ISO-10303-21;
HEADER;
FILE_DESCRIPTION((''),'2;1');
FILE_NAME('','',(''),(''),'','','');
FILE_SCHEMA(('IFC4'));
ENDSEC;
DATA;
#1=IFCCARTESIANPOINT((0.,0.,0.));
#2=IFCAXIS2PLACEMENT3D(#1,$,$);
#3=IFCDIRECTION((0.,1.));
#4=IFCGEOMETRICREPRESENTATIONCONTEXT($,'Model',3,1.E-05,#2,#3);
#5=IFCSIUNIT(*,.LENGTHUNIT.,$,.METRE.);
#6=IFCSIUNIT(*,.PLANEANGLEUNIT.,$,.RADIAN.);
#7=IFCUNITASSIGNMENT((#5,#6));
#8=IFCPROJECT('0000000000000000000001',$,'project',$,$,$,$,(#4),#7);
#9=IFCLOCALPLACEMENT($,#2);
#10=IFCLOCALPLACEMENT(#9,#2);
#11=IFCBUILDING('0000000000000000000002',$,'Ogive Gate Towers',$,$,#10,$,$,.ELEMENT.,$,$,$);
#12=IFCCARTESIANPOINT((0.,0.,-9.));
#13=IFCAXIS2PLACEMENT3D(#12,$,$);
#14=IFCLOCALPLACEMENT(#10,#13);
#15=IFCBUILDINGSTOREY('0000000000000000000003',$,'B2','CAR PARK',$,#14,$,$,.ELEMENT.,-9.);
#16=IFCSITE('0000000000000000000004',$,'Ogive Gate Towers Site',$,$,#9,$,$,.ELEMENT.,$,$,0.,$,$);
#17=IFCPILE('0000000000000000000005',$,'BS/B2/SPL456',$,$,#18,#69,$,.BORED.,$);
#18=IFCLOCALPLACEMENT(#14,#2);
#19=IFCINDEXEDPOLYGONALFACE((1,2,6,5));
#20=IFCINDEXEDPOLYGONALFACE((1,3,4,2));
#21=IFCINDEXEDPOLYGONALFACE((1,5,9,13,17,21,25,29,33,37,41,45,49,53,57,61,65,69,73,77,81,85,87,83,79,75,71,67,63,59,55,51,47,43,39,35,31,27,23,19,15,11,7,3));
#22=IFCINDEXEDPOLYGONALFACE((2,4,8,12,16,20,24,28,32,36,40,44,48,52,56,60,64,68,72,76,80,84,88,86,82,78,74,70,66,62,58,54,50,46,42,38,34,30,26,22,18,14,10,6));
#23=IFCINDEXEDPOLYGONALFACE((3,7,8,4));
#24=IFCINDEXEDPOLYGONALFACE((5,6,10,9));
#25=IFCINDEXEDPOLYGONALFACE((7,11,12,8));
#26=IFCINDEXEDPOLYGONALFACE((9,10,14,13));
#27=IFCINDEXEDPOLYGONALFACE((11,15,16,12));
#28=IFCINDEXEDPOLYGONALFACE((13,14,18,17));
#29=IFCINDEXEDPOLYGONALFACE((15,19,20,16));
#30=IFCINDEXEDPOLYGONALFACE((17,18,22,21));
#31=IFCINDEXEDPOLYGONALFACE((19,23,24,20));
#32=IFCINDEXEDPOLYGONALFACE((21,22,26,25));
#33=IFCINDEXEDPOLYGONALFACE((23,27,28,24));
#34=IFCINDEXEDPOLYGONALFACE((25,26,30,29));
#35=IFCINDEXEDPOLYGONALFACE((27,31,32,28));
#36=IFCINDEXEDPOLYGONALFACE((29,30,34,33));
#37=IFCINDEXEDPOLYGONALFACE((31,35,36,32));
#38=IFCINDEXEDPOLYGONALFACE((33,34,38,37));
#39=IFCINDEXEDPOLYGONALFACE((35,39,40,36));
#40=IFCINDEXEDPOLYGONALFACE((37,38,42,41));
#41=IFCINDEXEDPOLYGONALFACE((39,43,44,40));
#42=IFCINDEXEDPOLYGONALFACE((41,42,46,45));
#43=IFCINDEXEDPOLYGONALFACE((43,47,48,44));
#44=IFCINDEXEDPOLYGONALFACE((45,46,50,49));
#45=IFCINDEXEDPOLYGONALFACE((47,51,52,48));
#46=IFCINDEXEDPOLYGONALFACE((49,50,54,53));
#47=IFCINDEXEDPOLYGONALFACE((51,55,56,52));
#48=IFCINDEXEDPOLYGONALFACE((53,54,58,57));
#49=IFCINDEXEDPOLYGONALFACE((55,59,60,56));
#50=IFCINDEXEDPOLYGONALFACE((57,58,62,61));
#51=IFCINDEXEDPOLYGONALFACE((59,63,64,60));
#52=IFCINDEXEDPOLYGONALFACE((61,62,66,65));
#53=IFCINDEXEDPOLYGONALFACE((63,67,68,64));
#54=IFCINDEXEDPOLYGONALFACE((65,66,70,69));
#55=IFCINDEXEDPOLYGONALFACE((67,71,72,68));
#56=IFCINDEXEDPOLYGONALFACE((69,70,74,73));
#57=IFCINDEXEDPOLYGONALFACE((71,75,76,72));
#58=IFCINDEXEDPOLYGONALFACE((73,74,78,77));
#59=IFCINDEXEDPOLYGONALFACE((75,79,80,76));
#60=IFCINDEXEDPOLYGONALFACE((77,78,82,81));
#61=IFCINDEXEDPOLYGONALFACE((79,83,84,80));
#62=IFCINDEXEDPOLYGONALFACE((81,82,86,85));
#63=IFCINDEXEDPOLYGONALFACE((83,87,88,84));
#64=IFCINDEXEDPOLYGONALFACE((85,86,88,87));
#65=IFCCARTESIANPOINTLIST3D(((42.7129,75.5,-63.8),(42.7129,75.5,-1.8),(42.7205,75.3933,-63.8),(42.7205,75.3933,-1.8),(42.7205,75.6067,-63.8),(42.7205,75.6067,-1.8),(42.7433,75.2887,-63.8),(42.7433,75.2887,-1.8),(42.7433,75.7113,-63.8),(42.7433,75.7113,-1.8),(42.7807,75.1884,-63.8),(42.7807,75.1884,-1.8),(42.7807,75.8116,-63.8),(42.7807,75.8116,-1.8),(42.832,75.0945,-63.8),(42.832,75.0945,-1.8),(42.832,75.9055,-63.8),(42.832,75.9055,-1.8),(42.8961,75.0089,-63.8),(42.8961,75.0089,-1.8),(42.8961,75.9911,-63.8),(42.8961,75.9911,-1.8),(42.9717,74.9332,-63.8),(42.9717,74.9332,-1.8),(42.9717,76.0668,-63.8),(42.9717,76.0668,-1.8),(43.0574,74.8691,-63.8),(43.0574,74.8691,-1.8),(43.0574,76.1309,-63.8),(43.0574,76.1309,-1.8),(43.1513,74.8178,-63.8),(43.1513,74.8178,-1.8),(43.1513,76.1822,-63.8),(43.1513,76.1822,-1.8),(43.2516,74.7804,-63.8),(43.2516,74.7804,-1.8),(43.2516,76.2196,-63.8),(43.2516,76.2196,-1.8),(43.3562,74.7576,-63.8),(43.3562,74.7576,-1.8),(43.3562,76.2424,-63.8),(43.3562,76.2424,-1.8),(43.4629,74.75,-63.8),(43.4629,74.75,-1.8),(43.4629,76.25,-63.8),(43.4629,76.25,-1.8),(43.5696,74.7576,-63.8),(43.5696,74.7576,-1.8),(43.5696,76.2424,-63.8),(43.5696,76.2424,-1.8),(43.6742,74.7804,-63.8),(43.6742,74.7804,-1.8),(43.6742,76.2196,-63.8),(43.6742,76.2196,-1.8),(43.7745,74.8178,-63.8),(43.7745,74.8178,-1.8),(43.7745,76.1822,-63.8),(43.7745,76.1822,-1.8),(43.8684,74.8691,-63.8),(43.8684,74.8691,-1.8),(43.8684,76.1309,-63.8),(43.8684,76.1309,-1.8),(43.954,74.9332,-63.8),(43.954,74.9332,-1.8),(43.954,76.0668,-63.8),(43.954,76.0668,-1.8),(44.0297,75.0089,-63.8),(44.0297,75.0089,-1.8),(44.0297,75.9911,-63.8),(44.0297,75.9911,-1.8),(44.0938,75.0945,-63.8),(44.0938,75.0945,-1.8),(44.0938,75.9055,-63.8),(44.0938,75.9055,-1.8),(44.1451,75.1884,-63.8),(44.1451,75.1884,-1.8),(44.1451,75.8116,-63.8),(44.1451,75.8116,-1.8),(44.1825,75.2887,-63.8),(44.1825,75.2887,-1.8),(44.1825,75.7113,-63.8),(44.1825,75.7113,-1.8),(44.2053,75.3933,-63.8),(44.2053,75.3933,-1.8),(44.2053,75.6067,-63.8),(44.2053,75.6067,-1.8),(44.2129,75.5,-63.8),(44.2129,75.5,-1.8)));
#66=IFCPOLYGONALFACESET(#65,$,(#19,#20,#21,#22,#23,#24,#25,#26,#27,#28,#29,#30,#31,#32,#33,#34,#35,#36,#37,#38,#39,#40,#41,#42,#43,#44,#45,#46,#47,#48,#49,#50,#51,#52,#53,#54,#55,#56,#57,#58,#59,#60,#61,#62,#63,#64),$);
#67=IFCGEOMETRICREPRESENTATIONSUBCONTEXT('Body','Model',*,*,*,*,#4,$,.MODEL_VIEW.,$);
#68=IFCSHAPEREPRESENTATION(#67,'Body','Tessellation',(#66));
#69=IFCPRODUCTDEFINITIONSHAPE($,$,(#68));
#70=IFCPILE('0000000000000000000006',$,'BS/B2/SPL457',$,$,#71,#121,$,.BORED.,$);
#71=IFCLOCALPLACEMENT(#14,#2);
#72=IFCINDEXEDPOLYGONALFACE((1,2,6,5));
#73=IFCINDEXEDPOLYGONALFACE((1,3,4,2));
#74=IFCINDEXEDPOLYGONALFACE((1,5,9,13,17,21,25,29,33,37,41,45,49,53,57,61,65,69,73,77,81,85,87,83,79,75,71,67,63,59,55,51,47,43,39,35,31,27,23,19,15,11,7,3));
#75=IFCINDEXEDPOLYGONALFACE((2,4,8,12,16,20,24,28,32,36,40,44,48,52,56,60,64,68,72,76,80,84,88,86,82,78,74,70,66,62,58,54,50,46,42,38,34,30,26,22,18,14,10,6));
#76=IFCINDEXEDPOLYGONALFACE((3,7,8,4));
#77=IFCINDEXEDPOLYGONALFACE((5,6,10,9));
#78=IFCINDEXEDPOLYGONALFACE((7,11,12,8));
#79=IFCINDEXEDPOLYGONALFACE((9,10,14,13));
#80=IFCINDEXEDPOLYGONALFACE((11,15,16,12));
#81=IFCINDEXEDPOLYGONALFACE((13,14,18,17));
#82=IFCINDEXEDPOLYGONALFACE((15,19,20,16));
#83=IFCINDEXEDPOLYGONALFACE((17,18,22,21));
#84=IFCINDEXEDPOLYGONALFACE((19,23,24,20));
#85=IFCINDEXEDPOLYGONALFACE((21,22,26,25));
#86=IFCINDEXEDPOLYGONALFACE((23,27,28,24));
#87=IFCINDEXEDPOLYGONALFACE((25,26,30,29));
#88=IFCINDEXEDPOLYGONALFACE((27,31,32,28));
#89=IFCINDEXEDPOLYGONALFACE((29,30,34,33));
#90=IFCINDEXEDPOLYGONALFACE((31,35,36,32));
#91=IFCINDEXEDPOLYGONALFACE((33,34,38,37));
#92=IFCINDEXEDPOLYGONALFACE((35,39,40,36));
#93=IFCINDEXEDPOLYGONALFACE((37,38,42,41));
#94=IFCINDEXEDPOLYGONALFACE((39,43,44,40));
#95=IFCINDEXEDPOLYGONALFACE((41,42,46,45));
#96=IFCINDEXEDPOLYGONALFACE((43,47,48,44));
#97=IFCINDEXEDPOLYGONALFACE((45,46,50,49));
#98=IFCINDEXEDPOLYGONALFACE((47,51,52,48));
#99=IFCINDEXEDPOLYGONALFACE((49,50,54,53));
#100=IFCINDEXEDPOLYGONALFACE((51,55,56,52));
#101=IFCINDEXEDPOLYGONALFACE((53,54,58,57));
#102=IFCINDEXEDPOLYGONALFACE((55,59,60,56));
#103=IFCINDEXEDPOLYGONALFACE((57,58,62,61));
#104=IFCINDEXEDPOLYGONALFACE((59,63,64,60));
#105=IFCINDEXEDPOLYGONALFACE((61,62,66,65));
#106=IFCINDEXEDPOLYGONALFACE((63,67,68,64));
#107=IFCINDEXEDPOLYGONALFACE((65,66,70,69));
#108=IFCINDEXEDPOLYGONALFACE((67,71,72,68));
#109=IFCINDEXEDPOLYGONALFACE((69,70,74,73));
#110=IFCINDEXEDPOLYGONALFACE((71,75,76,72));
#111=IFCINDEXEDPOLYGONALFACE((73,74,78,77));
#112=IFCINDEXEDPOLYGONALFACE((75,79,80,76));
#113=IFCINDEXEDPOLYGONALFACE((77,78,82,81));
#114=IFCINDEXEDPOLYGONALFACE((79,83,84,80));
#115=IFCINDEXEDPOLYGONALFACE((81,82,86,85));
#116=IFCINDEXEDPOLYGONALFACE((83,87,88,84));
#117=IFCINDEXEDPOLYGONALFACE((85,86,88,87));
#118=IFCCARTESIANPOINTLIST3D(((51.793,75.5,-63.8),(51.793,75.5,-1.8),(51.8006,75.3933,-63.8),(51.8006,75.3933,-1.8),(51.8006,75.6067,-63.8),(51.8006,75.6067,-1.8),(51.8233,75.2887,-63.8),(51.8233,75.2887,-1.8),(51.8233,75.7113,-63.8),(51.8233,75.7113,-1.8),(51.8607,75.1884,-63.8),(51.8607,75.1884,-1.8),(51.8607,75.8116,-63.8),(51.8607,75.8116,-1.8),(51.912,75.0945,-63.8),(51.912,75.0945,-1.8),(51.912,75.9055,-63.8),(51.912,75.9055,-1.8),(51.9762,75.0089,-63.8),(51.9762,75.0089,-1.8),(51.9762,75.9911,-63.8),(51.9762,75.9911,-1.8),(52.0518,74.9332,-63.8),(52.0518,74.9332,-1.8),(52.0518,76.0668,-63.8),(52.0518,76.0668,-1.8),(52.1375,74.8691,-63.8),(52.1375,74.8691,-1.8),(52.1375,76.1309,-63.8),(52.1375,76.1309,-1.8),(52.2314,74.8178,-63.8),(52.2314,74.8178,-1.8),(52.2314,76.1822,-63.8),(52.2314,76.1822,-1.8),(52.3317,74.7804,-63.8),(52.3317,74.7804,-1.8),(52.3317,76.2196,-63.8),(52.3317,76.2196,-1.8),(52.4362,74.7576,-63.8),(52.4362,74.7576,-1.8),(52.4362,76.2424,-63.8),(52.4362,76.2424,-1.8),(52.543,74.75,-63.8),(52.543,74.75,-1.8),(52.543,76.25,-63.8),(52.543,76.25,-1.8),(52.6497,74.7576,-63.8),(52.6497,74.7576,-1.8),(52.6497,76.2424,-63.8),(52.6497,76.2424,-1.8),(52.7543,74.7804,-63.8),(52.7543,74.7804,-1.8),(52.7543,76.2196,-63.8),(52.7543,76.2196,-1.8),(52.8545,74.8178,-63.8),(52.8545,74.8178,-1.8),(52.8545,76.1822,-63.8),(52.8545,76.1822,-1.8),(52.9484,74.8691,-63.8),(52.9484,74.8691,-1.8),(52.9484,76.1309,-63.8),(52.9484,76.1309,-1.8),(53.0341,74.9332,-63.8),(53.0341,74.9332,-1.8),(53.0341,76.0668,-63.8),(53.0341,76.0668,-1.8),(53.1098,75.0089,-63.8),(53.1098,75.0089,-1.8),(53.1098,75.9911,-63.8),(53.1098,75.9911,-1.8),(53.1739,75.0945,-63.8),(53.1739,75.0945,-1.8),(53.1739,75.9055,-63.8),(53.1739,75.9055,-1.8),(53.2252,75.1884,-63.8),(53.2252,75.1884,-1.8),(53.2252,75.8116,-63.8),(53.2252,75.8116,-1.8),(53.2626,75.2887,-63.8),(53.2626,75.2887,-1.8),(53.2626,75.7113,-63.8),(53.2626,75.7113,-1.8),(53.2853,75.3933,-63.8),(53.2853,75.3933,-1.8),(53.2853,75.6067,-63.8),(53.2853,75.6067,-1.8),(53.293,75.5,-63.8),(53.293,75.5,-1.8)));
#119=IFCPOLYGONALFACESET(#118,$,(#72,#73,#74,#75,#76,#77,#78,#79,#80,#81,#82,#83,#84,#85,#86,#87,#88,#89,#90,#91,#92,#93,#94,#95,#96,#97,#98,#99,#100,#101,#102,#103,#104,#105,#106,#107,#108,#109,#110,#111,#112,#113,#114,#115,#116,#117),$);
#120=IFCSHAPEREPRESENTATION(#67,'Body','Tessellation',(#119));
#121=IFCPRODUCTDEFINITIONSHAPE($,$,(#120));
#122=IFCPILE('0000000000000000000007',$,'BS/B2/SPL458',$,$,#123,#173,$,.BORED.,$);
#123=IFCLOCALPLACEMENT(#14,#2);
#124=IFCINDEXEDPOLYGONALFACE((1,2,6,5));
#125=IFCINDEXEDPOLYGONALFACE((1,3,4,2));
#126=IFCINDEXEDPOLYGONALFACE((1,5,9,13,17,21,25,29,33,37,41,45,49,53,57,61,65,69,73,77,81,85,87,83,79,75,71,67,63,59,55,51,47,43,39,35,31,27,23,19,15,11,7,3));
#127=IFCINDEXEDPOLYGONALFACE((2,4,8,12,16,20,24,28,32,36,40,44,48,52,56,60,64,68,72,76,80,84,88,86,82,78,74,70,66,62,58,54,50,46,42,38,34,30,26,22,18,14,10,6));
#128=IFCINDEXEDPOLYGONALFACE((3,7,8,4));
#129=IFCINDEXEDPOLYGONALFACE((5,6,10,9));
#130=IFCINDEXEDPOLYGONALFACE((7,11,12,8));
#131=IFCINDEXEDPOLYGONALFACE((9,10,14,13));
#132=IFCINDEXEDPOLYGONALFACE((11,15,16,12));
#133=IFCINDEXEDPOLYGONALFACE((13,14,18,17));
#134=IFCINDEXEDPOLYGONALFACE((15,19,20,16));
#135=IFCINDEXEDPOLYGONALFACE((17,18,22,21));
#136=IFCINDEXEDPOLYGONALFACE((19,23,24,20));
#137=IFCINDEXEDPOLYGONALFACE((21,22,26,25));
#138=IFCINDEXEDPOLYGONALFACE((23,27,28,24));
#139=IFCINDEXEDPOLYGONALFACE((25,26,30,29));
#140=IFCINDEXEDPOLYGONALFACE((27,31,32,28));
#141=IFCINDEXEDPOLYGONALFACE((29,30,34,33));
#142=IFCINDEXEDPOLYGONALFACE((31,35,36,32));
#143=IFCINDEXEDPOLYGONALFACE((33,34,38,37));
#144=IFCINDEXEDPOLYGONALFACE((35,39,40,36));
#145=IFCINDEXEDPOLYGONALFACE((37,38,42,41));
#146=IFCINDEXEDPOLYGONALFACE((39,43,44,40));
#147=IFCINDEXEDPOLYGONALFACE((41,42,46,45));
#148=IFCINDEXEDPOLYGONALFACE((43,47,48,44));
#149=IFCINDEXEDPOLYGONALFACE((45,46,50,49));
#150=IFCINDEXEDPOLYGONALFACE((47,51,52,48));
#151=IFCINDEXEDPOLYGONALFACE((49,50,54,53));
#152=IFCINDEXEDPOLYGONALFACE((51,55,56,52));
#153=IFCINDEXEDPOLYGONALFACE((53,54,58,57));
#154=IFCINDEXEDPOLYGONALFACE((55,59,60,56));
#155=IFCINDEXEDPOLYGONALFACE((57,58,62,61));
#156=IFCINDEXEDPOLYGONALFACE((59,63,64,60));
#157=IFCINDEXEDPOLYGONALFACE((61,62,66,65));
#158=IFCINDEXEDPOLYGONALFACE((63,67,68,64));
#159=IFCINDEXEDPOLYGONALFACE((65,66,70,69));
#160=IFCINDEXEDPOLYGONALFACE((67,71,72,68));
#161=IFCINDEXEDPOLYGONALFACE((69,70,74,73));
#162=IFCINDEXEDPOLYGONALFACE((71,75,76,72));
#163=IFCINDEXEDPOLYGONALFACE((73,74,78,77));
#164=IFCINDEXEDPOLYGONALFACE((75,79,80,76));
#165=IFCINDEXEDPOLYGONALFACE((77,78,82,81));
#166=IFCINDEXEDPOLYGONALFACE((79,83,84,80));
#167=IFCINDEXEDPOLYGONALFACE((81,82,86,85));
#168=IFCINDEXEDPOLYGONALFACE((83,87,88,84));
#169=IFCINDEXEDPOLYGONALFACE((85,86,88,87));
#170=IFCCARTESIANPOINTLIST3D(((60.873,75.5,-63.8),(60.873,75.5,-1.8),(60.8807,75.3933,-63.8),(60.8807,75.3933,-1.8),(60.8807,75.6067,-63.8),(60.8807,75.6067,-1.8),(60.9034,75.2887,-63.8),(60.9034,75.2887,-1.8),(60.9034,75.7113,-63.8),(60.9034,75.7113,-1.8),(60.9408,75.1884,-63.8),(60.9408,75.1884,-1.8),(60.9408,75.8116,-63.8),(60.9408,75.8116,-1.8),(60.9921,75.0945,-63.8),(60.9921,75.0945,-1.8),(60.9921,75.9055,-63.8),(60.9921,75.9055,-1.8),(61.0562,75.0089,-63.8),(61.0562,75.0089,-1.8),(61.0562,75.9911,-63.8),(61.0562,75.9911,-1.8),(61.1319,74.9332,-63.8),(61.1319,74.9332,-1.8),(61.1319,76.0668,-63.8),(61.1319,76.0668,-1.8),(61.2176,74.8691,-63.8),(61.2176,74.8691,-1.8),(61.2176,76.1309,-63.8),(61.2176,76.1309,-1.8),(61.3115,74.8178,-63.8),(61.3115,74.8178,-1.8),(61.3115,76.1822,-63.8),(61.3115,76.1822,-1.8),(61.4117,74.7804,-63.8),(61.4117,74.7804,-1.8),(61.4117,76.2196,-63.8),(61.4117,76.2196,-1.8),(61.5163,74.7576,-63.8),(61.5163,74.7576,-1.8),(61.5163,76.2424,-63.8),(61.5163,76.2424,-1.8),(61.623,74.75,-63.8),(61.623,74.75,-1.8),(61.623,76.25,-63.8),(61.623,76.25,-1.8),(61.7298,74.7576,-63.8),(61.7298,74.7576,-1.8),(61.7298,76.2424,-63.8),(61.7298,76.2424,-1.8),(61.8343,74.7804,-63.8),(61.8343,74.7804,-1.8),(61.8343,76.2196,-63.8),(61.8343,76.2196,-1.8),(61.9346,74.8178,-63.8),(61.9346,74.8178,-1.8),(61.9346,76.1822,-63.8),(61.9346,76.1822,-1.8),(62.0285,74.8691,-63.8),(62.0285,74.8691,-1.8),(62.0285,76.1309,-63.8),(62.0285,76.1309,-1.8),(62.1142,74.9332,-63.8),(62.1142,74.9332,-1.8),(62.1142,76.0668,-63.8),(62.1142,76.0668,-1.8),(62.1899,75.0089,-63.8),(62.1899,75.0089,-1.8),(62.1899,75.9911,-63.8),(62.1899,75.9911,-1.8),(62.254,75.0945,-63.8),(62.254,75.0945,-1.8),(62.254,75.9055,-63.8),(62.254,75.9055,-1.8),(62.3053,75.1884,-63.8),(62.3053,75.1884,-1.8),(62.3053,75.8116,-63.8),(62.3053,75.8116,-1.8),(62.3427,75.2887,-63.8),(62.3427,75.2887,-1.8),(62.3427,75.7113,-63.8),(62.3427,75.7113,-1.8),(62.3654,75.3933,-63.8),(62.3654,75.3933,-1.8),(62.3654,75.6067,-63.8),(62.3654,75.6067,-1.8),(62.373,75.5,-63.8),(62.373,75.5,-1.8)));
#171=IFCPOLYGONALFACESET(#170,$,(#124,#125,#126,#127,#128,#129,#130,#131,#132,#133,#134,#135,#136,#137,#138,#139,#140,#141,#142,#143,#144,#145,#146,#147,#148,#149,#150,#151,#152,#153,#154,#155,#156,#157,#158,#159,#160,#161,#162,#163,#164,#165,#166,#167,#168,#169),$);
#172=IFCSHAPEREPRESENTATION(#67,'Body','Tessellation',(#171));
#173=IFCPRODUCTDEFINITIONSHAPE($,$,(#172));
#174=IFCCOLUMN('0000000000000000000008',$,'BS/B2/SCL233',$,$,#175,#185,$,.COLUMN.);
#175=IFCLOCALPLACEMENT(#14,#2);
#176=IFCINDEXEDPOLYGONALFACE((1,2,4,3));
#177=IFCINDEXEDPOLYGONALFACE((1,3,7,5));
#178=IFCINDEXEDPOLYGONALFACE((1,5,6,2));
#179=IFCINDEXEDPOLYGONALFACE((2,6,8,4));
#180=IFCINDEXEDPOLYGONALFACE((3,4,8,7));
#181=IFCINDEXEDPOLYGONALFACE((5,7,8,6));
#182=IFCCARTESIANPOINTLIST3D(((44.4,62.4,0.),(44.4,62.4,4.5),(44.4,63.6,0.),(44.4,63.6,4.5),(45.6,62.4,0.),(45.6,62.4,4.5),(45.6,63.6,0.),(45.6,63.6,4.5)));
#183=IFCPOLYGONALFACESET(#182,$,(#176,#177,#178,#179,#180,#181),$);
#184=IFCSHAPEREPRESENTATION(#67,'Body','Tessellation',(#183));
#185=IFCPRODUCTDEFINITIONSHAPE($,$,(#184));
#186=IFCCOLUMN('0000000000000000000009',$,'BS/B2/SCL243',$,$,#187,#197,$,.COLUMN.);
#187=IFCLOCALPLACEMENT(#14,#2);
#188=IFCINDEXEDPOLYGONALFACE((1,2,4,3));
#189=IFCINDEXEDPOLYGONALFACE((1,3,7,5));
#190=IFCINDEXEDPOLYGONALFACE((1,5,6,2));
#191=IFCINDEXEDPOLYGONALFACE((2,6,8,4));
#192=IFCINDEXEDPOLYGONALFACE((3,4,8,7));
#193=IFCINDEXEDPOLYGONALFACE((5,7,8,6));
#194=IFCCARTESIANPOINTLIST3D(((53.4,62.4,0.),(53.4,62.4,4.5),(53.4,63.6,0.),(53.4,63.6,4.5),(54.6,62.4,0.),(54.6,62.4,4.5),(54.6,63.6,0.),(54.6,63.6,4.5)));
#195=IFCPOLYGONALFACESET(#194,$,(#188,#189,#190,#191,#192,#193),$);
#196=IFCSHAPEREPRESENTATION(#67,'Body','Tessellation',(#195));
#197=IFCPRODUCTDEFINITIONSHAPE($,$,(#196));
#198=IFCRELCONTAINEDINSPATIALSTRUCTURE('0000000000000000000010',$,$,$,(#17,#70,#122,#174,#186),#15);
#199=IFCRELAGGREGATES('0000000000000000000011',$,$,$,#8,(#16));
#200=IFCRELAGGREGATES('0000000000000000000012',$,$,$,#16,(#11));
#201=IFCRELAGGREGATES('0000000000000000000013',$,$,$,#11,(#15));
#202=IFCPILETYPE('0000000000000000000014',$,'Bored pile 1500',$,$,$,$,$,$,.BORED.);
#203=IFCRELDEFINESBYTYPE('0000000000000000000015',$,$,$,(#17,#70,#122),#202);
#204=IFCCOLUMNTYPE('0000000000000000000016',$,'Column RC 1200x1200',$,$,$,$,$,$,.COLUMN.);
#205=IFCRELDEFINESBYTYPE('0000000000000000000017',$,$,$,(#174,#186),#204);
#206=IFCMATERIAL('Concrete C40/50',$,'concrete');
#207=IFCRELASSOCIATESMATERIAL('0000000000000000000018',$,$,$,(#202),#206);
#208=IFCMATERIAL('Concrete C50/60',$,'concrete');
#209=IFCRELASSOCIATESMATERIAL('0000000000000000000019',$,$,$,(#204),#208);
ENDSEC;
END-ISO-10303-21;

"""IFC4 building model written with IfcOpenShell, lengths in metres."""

from ifc_helpers import new_model, si_unit, direction, frame, origin, origin_2d, place, context, subcontext, project, spatial, rectangle, circle, extrude, material, material_profile, profile_set, type_object, element, save


model = new_model("IFC4")

# Units and contexts
model_context = context("Model", 3, precision=1e-05, world=origin(), true_north=direction((0.0, 1.0)))
body_context = subcontext(model_context, "Body", "Model", "MODEL_VIEW")
ifc_project = project(units=[si_unit("LENGTHUNIT", "METRE"), si_unit("PLANEANGLEUNIT", "RADIAN")], contexts=[model_context])

# Site, building, storey
site_placement = place(None, origin())
site = spatial("IfcSite", under=ifc_project, at=site_placement, Name="Ogive Gate Towers Site", CompositionType="ELEMENT", RefElevation=0.0)
building_placement = place(site_placement, origin())
building = spatial("IfcBuilding", under=site, at=building_placement, Name="Ogive Gate Towers", CompositionType="ELEMENT")
storey_placement = place(building_placement, frame((0.0, 0.0, -9.0)))
storey = spatial("IfcBuildingStorey", under=building, at=storey_placement, Name="B2", Description="CAR PARK", CompositionType="ELEMENT", Elevation=-9.0)

# Piles
ifc_material_1 = material(Name="Concrete C40/50", Category="concrete")
ifc_material_profile_1 = material_profile(ifc_material_1, circle(Radius=0.75, at=origin_2d()), Name="BP 1500")
ifc_profile_set_1 = profile_set([ifc_material_profile_1], Name="Concrete C40/50")
pile_type = type_object("IfcPileType", Name="Bored pile 1500", PredefinedType="BORED", material=ifc_profile_set_1)
for number, where, z_axis, x_axis, name in (
    (1, (43.4629, 75.5, -1.8), (0.0, 0.0, -1.0), (1.0, 0.0, 0.0), "BS/B2/SPL456"),
    (2, (52.543, 75.5, -1.8), (0.0, 0.0, -1.0), (1.0, 0.0, 0.0), "BS/B2/SPL457"),
    (3, (61.623, 75.5, -1.8), (0.0, 0.0, -1.0), (1.0, 0.0, 0.0), "BS/B2/SPL458"),
):
    element("IfcPile", number, at=place(storey_placement, frame(where, z_axis=z_axis, x_axis=x_axis)), inside=storey, type_object=pile_type, Name=name, PredefinedType="BORED", context=body_context, shape_type="SweptSolid", body=[
        extrude(circle(Radius=0.75, at=origin_2d()), origin(), (0.0, 0.0, 1.0), 62.0),
    ])

# Columns
ifc_material_2 = material(Name="Concrete C50/60", Category="concrete")
ifc_material_profile_2 = material_profile(ifc_material_2, rectangle(XDim=1.2, YDim=1.2, at=origin_2d()), Name="RC 1200x1200")
ifc_profile_set_2 = profile_set([ifc_material_profile_2], Name="Concrete C50/60")
column_type = type_object("IfcColumnType", Name="Column RC 1200x1200", PredefinedType="COLUMN", material=ifc_profile_set_2)
for number, where, z_axis, x_axis, name in (
    (4, (45.0, 63.0, 0.0), (0.0, 0.0, 1.0), (1.0, 0.0, 0.0), "BS/B2/SCL233"),
    (5, (54.0, 63.0, 0.0), (0.0, 0.0, 1.0), (1.0, 0.0, 0.0), "BS/B2/SCL243"),
):
    element("IfcColumn", number, at=place(storey_placement, frame(where, z_axis=z_axis, x_axis=x_axis)), inside=storey, type_object=column_type, Name=name, PredefinedType="COLUMN", context=body_context, shape_type="SweptSolid", body=[
        extrude(rectangle(XDim=1.2, YDim=1.2, at=origin_2d()), origin(), (0.0, 0.0, 1.0), 4.5),
    ])

save(model, "model.ifc")
